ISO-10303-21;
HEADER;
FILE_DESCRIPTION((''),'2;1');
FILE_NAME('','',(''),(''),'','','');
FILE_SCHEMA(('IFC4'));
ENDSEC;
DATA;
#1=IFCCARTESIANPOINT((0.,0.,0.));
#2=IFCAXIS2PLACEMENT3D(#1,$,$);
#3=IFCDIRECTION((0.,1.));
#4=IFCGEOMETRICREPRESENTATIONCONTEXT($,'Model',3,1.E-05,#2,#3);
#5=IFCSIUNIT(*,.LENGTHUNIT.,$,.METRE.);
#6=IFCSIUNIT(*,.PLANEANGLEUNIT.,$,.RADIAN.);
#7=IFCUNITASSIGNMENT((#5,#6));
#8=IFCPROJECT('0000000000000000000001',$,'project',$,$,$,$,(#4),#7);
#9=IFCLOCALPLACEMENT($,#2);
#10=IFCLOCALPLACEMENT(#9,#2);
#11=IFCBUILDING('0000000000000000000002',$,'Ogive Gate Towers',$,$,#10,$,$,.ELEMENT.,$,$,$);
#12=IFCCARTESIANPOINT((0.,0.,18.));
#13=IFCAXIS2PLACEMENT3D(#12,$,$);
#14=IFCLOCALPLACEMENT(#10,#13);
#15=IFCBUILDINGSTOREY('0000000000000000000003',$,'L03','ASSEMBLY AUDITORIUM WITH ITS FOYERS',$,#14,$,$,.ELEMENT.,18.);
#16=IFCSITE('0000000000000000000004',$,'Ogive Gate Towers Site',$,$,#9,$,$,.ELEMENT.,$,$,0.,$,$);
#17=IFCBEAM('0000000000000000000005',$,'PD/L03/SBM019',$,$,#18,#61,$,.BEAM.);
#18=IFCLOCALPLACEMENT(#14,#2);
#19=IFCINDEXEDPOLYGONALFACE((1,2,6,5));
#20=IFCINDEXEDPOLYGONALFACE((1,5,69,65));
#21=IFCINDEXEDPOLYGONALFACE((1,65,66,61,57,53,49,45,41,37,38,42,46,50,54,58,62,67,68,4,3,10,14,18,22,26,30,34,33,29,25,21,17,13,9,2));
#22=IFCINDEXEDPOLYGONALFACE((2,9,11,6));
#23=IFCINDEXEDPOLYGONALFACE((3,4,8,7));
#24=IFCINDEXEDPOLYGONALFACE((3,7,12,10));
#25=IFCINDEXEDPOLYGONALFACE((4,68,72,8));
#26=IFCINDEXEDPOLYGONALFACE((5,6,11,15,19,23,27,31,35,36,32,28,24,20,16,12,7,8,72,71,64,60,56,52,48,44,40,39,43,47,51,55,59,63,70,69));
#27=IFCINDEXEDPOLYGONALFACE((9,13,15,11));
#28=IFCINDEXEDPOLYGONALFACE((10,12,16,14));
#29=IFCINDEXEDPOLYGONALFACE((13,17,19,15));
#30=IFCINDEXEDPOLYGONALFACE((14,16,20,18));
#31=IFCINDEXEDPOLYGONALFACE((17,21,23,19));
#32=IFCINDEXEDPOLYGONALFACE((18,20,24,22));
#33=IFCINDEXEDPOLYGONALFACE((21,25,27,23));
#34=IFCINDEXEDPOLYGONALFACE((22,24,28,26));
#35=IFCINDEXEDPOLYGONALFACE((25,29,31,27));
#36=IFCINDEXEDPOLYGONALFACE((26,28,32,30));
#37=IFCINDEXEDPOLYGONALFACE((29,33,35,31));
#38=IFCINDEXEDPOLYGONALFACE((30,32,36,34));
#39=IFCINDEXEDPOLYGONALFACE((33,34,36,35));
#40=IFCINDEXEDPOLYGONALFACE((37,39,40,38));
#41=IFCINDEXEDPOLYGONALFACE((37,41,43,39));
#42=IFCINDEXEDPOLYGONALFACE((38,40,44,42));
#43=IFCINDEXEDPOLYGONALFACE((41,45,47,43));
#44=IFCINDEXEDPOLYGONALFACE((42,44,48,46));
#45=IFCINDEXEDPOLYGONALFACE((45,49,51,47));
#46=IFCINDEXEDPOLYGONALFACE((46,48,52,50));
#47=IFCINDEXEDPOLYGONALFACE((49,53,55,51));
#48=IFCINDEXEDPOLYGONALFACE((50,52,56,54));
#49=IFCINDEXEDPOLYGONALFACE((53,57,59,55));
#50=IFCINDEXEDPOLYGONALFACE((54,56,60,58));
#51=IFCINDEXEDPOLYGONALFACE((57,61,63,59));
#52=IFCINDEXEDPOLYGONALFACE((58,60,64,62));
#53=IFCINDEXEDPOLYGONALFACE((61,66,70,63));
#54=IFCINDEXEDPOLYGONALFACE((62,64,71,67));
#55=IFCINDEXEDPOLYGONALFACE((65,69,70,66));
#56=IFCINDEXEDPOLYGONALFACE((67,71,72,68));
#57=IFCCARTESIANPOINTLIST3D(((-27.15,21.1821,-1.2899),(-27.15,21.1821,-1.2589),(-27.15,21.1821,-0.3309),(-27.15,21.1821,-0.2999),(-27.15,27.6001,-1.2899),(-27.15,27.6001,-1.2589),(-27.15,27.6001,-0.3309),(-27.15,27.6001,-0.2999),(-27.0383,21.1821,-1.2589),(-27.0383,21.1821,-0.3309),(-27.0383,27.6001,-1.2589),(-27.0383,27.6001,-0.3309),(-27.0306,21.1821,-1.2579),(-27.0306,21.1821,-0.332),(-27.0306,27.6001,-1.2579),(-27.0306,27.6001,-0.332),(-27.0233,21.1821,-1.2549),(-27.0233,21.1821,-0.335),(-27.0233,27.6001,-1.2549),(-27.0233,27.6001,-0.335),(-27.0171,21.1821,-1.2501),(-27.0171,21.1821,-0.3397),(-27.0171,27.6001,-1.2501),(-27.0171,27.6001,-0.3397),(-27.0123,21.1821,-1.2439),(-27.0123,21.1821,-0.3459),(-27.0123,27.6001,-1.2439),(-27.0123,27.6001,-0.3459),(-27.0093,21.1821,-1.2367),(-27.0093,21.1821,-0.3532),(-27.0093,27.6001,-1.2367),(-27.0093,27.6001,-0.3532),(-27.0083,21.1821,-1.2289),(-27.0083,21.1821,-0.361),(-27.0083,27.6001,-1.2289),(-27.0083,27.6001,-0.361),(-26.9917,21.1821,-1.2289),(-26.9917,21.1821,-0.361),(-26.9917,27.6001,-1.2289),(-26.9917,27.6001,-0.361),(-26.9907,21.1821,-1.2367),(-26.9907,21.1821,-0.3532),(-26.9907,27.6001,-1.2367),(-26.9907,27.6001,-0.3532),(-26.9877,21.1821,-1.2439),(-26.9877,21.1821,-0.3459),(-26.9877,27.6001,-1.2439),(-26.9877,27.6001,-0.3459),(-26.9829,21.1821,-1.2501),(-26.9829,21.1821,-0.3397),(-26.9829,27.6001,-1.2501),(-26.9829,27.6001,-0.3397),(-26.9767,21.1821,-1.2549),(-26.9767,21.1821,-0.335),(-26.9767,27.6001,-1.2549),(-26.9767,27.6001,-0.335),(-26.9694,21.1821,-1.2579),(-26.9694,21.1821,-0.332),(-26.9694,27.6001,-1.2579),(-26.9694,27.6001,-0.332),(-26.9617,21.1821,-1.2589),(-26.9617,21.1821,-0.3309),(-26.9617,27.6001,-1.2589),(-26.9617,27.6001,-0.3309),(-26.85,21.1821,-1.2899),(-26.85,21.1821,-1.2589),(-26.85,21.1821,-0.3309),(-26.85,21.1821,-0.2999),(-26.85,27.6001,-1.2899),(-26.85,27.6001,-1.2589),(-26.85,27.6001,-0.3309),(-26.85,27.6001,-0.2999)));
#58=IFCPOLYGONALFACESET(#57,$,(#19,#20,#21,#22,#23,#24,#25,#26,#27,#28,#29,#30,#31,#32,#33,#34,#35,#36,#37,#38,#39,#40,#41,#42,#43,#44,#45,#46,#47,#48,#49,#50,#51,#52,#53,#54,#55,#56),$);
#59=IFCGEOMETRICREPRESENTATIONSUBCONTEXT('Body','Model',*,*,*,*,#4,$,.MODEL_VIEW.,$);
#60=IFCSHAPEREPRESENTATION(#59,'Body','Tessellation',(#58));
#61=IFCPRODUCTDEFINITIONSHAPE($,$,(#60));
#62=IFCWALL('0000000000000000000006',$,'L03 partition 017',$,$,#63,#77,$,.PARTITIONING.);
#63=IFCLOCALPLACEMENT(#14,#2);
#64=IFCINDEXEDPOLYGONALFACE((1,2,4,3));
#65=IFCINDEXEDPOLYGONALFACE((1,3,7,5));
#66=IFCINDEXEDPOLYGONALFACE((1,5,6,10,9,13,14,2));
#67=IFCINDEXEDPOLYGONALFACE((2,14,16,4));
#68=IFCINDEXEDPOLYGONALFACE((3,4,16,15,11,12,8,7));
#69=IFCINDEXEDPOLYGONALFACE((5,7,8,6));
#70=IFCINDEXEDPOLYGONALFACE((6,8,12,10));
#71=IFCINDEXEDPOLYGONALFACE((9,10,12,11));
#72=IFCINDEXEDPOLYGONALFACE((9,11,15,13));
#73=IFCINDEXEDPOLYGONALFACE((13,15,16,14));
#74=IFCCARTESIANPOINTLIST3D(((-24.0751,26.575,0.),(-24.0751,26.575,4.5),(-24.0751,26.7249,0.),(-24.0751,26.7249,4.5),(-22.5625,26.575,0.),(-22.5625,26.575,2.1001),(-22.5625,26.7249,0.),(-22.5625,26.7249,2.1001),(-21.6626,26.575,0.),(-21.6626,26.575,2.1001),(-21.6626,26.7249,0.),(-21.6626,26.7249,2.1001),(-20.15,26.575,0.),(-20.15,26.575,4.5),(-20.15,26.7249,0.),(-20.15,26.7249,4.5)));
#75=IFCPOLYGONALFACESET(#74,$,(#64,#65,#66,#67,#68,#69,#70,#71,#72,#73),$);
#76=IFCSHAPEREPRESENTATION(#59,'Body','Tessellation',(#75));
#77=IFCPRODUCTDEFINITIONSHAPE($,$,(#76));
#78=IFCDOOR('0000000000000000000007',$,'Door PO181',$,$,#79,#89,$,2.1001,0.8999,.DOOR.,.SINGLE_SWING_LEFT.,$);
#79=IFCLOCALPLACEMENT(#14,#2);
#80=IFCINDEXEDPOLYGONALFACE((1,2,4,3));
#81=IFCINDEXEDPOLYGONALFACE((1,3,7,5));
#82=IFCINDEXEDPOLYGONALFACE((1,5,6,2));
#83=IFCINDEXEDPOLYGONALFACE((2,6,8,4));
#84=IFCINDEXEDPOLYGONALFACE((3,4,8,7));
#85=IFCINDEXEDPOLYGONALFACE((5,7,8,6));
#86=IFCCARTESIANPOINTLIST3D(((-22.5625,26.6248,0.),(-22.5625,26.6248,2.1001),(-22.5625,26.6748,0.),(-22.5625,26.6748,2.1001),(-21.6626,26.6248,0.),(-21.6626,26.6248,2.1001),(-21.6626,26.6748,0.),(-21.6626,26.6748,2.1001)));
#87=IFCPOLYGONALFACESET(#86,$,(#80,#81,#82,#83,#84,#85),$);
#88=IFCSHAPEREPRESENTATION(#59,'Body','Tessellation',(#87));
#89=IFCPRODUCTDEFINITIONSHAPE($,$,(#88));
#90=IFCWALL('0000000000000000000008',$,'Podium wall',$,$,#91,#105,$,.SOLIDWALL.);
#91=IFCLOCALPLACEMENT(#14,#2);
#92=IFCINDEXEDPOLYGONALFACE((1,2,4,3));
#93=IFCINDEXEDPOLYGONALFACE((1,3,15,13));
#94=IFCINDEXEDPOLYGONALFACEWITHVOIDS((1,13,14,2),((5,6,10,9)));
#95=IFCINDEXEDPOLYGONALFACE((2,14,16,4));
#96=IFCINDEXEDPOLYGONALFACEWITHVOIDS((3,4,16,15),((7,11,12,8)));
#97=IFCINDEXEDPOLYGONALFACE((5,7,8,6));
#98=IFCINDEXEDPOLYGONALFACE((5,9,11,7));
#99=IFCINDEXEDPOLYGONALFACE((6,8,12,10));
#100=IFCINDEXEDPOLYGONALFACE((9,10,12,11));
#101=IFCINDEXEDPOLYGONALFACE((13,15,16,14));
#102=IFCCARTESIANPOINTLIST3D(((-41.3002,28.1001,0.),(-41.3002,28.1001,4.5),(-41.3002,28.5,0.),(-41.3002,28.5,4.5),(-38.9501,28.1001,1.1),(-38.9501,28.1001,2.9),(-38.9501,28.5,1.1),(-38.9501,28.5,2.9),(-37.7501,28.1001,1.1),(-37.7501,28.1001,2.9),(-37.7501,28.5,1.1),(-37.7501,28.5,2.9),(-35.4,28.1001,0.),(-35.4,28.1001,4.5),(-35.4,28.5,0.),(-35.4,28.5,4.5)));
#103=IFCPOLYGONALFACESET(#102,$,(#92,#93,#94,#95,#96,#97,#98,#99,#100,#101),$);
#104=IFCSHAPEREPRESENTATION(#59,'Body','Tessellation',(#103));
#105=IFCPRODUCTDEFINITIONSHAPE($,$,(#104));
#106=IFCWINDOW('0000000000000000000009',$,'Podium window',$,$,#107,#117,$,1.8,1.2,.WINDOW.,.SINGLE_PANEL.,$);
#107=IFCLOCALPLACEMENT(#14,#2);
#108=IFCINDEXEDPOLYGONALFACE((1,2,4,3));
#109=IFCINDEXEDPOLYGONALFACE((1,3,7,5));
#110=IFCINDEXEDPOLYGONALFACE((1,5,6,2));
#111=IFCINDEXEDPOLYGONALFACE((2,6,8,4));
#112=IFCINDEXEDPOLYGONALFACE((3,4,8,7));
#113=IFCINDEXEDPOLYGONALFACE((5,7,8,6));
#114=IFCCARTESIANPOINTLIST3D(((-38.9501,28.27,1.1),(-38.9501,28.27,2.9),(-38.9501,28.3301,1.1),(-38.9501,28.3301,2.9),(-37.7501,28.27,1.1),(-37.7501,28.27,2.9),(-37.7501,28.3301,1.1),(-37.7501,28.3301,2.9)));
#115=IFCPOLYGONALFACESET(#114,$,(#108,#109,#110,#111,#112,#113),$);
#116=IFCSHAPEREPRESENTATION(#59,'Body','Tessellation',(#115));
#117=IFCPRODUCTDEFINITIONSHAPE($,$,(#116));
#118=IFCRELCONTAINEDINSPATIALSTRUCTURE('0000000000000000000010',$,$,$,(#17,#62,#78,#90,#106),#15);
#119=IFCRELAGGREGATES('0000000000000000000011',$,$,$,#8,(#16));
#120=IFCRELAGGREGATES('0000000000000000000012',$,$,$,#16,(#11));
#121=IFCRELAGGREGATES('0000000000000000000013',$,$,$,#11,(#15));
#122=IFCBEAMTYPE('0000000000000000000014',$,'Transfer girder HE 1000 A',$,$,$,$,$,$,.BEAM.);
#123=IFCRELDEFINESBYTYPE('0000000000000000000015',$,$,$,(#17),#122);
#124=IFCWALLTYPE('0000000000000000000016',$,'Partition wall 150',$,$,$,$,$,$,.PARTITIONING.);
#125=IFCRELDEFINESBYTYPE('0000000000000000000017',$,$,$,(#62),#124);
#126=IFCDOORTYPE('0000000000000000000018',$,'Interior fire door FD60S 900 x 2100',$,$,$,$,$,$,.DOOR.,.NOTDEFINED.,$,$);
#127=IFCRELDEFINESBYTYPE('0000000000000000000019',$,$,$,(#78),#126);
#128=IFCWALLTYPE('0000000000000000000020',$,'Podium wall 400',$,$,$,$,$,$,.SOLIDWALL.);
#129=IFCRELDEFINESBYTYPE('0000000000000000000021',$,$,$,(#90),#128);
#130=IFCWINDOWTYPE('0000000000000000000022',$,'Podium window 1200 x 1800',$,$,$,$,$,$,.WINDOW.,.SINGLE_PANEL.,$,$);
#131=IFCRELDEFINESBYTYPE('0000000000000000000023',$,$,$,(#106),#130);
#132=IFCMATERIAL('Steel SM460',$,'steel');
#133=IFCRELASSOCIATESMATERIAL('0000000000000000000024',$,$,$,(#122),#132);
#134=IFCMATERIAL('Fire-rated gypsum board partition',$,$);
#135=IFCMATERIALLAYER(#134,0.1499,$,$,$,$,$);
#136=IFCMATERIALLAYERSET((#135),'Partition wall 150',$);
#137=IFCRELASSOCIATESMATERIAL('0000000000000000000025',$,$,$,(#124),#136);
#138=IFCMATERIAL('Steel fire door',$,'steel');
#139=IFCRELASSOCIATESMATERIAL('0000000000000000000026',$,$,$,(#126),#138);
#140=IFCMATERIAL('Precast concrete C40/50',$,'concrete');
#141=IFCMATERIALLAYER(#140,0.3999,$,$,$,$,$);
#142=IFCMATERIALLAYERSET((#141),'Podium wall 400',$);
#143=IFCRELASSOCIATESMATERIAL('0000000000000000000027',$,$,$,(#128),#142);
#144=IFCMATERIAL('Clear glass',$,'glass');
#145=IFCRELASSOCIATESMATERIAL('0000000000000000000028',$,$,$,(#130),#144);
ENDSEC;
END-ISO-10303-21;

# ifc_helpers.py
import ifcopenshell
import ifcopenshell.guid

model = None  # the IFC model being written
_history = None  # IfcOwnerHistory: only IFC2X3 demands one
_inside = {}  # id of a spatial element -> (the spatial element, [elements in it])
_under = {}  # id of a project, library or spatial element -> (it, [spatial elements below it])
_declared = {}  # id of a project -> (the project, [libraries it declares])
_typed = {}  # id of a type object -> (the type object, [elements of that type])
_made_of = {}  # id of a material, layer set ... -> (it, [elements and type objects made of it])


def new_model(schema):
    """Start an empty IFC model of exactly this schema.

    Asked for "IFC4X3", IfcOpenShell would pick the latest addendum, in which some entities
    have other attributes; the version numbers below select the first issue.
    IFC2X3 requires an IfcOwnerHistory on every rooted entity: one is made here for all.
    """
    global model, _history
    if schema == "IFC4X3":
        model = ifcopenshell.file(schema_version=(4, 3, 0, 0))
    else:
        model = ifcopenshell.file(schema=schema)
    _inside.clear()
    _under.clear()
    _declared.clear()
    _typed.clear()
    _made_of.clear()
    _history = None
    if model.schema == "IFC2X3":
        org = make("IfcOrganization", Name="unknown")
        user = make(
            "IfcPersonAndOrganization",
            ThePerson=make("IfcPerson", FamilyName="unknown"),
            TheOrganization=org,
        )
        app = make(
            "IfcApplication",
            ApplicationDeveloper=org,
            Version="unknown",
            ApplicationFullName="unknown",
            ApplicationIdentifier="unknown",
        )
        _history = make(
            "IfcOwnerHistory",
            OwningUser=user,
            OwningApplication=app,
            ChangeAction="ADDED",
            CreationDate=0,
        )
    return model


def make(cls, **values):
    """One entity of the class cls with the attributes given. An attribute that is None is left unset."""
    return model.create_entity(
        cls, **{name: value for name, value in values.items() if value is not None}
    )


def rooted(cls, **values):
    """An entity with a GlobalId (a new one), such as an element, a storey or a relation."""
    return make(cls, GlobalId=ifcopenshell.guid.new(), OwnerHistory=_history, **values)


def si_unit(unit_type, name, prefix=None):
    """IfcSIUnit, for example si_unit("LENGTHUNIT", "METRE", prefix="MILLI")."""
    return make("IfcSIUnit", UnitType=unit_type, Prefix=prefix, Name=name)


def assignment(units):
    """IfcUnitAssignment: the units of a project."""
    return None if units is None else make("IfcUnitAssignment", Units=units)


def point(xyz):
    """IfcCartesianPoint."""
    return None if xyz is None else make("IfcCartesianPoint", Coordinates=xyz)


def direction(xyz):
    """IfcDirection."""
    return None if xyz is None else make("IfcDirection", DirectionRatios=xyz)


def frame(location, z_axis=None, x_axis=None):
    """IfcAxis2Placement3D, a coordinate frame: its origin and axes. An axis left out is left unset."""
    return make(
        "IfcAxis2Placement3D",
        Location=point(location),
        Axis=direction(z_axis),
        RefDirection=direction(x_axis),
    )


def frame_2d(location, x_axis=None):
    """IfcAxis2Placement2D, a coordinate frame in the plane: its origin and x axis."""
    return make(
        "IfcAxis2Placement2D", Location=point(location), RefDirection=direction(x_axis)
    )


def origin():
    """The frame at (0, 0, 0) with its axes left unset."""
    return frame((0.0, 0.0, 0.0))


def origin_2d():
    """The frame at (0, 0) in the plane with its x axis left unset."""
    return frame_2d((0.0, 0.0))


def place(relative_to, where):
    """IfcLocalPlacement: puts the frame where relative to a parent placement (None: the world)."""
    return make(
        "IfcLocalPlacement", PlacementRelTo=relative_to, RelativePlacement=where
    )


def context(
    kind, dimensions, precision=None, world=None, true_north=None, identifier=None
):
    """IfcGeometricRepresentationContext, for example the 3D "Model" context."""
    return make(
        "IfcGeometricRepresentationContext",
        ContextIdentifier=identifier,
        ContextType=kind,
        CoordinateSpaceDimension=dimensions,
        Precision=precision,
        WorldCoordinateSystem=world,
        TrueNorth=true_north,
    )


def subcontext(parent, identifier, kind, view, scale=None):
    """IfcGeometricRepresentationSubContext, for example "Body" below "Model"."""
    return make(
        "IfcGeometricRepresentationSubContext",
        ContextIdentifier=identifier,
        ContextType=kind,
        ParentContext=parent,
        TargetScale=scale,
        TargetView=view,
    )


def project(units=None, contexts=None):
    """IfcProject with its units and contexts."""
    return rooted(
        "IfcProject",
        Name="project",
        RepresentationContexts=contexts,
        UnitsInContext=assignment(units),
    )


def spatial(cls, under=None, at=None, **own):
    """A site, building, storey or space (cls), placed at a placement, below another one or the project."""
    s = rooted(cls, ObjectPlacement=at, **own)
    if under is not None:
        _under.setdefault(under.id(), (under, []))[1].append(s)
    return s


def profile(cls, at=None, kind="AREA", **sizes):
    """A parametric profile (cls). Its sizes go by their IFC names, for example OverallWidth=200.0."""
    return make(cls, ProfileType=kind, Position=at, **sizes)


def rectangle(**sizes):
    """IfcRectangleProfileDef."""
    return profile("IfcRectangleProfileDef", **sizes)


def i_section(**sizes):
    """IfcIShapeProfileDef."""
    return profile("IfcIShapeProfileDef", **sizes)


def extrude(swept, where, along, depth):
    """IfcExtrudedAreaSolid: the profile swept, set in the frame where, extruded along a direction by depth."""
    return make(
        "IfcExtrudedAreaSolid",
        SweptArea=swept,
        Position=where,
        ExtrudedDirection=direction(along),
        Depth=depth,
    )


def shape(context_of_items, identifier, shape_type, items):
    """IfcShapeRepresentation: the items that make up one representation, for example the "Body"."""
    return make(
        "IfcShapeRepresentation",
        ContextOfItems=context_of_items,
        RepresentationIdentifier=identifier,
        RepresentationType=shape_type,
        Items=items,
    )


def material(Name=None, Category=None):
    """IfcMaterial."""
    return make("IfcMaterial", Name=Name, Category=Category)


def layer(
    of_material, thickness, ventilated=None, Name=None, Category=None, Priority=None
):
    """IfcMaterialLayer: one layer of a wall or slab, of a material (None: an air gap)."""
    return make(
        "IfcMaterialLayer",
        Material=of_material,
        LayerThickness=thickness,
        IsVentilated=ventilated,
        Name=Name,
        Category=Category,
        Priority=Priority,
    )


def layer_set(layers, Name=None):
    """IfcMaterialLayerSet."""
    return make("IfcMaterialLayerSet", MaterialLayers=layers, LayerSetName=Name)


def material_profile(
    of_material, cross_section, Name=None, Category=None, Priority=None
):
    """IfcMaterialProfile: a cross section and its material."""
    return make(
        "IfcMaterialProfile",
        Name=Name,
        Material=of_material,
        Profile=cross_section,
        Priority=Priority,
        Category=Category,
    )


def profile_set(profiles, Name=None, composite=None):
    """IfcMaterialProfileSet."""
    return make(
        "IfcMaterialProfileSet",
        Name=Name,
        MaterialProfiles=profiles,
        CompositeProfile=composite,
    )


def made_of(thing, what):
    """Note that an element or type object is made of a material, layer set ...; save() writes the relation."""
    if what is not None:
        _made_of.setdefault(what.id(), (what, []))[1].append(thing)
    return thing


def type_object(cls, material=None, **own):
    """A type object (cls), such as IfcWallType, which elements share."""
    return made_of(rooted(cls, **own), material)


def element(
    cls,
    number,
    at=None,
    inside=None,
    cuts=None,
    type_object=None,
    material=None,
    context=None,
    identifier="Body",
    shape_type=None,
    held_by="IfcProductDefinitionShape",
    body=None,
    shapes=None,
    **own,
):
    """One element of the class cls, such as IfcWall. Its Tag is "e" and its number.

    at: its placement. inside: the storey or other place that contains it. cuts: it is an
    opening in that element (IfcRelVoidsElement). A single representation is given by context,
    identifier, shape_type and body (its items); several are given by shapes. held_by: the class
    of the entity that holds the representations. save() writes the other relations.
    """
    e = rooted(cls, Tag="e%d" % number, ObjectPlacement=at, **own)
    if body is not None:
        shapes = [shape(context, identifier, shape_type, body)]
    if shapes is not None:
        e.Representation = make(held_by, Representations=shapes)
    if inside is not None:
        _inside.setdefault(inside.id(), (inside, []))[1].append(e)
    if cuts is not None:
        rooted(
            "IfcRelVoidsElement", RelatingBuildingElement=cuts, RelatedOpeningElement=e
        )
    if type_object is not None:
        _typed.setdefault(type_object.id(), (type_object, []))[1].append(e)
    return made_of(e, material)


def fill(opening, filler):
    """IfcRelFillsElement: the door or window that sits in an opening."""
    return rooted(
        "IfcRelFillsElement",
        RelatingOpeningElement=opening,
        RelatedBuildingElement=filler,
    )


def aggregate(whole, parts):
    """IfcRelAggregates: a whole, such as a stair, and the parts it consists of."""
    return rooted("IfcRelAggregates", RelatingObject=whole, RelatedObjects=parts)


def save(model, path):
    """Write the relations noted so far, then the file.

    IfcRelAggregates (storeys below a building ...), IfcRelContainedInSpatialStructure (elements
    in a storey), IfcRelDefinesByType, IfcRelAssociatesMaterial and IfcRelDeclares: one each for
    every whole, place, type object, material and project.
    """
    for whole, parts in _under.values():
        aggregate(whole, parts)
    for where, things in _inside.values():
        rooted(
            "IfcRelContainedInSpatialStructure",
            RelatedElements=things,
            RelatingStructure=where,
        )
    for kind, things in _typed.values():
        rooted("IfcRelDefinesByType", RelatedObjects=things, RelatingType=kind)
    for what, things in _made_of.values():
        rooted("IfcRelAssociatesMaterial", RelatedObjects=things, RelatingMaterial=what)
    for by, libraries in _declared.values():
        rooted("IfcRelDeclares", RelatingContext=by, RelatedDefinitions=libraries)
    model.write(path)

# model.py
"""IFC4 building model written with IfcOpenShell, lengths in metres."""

from ifc_helpers import new_model, si_unit, direction, frame, frame_2d, origin, origin_2d, place, context, subcontext, project, spatial, rectangle, i_section, extrude, material, layer, layer_set, material_profile, profile_set, type_object, element, fill, save


model = new_model("IFC4")

# Units and contexts
model_context = context("Model", 3, precision=1e-05, world=origin(), true_north=direction((0.0, 1.0)))
body_context = subcontext(model_context, "Body", "Model", "MODEL_VIEW")
ifc_project = project(units=[si_unit("LENGTHUNIT", "METRE"), si_unit("PLANEANGLEUNIT", "RADIAN")], contexts=[model_context])

# Site, building, storey
site_placement = place(None, origin())
site = spatial("IfcSite", under=ifc_project, at=site_placement, Name="Ogive Gate Towers Site", CompositionType="ELEMENT", RefElevation=0.0)
building_placement = place(site_placement, origin())
building = spatial("IfcBuilding", under=site, at=building_placement, Name="Ogive Gate Towers", CompositionType="ELEMENT")
storey_placement = place(building_placement, frame((0.0, 0.0, 18.0)))
storey = spatial("IfcBuildingStorey", under=building, at=storey_placement, Name="L03", Description="ASSEMBLY AUDITORIUM WITH ITS FOYERS", CompositionType="ELEMENT", Elevation=18.0)

# Beam
ifc_material_1 = material(Name="Steel SM460", Category="steel")
ifc_material_profile_1 = material_profile(ifc_material_1, i_section(OverallWidth=0.3, OverallDepth=0.99, WebThickness=0.0166, FlangeThickness=0.031, FilletRadius=0.03, at=origin_2d()), Name="HE 1000 A")
ifc_profile_set_1 = profile_set([ifc_material_profile_1], Name="Steel SM460")
beam_type_1 = type_object("IfcBeamType", Name="Transfer girder HE 1000 A", PredefinedType="BEAM", material=ifc_profile_set_1)
beam_1_placement = place(storey_placement, frame((-27.0, 27.6001, -0.7949), z_axis=(0.0, -1.0, 0.0), x_axis=(1.0, 0.0, 0.0)))
element("IfcBeam", 1, at=beam_1_placement, inside=storey, type_object=beam_type_1, Name="PD/L03/SBM019", PredefinedType="BEAM", context=body_context, shape_type="SweptSolid", body=[
    extrude(i_section(OverallWidth=0.3, OverallDepth=0.99, WebThickness=0.0166, FlangeThickness=0.031, FilletRadius=0.03, at=origin_2d()), origin(), (0.0, 0.0, 1.0), 6.418),
])

# Wall, opening, door
ifc_material_2 = material(Name="Fire-rated gypsum board partition")
ifc_layer_1 = layer(ifc_material_2, 0.1499)
ifc_layer_set_1 = layer_set([ifc_layer_1], Name="Partition wall 150")
wall_type_1 = type_object("IfcWallType", Name="Partition wall 150", PredefinedType="PARTITIONING", material=ifc_layer_set_1)
wall_1_placement = place(storey_placement, frame((-24.075, 26.6499, 0.0), z_axis=(0.0, 0.0, 1.0), x_axis=(1.0, 0.0, 0.0)))
wall_1 = element("IfcWall", 2, at=wall_1_placement, inside=storey, type_object=wall_type_1, Name="L03 partition 017", PredefinedType="PARTITIONING", context=body_context, shape_type="SweptSolid", body=[
    extrude(rectangle(XDim=3.925, YDim=0.1499, at=frame_2d((1.9624, 0.0))), origin(), (0.0, 0.0, 1.0), 4.5),
])
opening_1_placement = place(wall_1_placement, frame((1.5125, 0.0, 0.0)))
opening_1 = element("IfcOpeningElement", 3, at=opening_1_placement, cuts=wall_1, PredefinedType="OPENING", context=body_context, shape_type="SweptSolid", body=[
    extrude(rectangle(XDim=0.8999, YDim=2.1001, at=frame_2d((0.45, 1.05))), frame((0.0, 0.085, 0.0), z_axis=(0.0, -1.0, 0.0), x_axis=(1.0, 0.0, 0.0)), (0.0, 0.0, 1.0), 0.1699),
])
ifc_material_3 = material(Name="Steel fire door", Category="steel")
door_type_1 = type_object("IfcDoorType", Name="Interior fire door FD60S 900 x 2100", OperationType="NOTDEFINED", PredefinedType="DOOR", material=ifc_material_3)
door_1_placement = place(opening_1_placement, origin())
door_1 = element("IfcDoor", 4, at=door_1_placement, inside=storey, type_object=door_type_1, Name="Door PO181", OperationType="SINGLE_SWING_LEFT", OverallHeight=2.1001, OverallWidth=0.8999, PredefinedType="DOOR", context=body_context, shape_type="SweptSolid", body=[
    extrude(rectangle(XDim=0.8999, YDim=2.1001, at=frame_2d((0.45, 1.05))), frame((0.0, 0.0249, 0.0), z_axis=(0.0, -1.0, 0.0), x_axis=(1.0, 0.0, 0.0)), (0.0, 0.0, 1.0), 0.05),
])
fill(opening_1, door_1)
ifc_material_4 = material(Name="Precast concrete C40/50", Category="concrete")
ifc_layer_2 = layer(ifc_material_4, 0.3999)
ifc_layer_set_2 = layer_set([ifc_layer_2], Name="Podium wall 400")
wall_type_2 = type_object("IfcWallType", Name="Podium wall 400", PredefinedType="SOLIDWALL", material=ifc_layer_set_2)

# Wall, opening, window
wall_2_placement = place(storey_placement, frame((-35.3999, 28.3, 0.0), z_axis=(0.0, 0.0, 1.0), x_axis=(-1.0, 0.0, 0.0)))
wall_2 = element("IfcWall", 5, at=wall_2_placement, inside=storey, type_object=wall_type_2, Name="Podium wall", PredefinedType="SOLIDWALL", context=body_context, shape_type="SweptSolid", body=[
    extrude(rectangle(XDim=5.9001, YDim=0.3999, at=frame_2d((2.9502, 0.0))), origin(), (0.0, 0.0, 1.0), 4.5),
])
opening_2_placement = place(wall_2_placement, frame((2.3501, 0.0, 1.1001)))
opening_2 = element("IfcOpeningElement", 6, at=opening_2_placement, cuts=wall_2, PredefinedType="OPENING", context=body_context, shape_type="SweptSolid", body=[
    extrude(rectangle(XDim=1.2, YDim=1.8, at=frame_2d((0.6001, 0.8999))), frame((0.0, 0.21, 0.0), z_axis=(0.0, -1.0, 0.0), x_axis=(1.0, 0.0, 0.0)), (0.0, 0.0, 1.0), 0.4199),
])
ifc_material_5 = material(Name="Clear glass", Category="glass")
window_type = type_object("IfcWindowType", Name="Podium window 1200 x 1800", PartitioningType="SINGLE_PANEL", PredefinedType="WINDOW", material=ifc_material_5)
window_placement = place(opening_2_placement, origin())
window = element("IfcWindow", 7, at=window_placement, inside=storey, type_object=window_type, Name="Podium window", OverallHeight=1.8, OverallWidth=1.2, PartitioningType="SINGLE_PANEL", PredefinedType="WINDOW", context=body_context, shape_type="SweptSolid", body=[
    extrude(rectangle(XDim=1.2, YDim=1.8, at=frame_2d((0.6001, 0.8999))), frame((0.0, 0.03, 0.0), z_axis=(0.0, -1.0, 0.0), x_axis=(1.0, 0.0, 0.0)), (0.0, 0.0, 1.0), 0.0601),
])
fill(opening_2, window)

save(model, "model.ifc")
